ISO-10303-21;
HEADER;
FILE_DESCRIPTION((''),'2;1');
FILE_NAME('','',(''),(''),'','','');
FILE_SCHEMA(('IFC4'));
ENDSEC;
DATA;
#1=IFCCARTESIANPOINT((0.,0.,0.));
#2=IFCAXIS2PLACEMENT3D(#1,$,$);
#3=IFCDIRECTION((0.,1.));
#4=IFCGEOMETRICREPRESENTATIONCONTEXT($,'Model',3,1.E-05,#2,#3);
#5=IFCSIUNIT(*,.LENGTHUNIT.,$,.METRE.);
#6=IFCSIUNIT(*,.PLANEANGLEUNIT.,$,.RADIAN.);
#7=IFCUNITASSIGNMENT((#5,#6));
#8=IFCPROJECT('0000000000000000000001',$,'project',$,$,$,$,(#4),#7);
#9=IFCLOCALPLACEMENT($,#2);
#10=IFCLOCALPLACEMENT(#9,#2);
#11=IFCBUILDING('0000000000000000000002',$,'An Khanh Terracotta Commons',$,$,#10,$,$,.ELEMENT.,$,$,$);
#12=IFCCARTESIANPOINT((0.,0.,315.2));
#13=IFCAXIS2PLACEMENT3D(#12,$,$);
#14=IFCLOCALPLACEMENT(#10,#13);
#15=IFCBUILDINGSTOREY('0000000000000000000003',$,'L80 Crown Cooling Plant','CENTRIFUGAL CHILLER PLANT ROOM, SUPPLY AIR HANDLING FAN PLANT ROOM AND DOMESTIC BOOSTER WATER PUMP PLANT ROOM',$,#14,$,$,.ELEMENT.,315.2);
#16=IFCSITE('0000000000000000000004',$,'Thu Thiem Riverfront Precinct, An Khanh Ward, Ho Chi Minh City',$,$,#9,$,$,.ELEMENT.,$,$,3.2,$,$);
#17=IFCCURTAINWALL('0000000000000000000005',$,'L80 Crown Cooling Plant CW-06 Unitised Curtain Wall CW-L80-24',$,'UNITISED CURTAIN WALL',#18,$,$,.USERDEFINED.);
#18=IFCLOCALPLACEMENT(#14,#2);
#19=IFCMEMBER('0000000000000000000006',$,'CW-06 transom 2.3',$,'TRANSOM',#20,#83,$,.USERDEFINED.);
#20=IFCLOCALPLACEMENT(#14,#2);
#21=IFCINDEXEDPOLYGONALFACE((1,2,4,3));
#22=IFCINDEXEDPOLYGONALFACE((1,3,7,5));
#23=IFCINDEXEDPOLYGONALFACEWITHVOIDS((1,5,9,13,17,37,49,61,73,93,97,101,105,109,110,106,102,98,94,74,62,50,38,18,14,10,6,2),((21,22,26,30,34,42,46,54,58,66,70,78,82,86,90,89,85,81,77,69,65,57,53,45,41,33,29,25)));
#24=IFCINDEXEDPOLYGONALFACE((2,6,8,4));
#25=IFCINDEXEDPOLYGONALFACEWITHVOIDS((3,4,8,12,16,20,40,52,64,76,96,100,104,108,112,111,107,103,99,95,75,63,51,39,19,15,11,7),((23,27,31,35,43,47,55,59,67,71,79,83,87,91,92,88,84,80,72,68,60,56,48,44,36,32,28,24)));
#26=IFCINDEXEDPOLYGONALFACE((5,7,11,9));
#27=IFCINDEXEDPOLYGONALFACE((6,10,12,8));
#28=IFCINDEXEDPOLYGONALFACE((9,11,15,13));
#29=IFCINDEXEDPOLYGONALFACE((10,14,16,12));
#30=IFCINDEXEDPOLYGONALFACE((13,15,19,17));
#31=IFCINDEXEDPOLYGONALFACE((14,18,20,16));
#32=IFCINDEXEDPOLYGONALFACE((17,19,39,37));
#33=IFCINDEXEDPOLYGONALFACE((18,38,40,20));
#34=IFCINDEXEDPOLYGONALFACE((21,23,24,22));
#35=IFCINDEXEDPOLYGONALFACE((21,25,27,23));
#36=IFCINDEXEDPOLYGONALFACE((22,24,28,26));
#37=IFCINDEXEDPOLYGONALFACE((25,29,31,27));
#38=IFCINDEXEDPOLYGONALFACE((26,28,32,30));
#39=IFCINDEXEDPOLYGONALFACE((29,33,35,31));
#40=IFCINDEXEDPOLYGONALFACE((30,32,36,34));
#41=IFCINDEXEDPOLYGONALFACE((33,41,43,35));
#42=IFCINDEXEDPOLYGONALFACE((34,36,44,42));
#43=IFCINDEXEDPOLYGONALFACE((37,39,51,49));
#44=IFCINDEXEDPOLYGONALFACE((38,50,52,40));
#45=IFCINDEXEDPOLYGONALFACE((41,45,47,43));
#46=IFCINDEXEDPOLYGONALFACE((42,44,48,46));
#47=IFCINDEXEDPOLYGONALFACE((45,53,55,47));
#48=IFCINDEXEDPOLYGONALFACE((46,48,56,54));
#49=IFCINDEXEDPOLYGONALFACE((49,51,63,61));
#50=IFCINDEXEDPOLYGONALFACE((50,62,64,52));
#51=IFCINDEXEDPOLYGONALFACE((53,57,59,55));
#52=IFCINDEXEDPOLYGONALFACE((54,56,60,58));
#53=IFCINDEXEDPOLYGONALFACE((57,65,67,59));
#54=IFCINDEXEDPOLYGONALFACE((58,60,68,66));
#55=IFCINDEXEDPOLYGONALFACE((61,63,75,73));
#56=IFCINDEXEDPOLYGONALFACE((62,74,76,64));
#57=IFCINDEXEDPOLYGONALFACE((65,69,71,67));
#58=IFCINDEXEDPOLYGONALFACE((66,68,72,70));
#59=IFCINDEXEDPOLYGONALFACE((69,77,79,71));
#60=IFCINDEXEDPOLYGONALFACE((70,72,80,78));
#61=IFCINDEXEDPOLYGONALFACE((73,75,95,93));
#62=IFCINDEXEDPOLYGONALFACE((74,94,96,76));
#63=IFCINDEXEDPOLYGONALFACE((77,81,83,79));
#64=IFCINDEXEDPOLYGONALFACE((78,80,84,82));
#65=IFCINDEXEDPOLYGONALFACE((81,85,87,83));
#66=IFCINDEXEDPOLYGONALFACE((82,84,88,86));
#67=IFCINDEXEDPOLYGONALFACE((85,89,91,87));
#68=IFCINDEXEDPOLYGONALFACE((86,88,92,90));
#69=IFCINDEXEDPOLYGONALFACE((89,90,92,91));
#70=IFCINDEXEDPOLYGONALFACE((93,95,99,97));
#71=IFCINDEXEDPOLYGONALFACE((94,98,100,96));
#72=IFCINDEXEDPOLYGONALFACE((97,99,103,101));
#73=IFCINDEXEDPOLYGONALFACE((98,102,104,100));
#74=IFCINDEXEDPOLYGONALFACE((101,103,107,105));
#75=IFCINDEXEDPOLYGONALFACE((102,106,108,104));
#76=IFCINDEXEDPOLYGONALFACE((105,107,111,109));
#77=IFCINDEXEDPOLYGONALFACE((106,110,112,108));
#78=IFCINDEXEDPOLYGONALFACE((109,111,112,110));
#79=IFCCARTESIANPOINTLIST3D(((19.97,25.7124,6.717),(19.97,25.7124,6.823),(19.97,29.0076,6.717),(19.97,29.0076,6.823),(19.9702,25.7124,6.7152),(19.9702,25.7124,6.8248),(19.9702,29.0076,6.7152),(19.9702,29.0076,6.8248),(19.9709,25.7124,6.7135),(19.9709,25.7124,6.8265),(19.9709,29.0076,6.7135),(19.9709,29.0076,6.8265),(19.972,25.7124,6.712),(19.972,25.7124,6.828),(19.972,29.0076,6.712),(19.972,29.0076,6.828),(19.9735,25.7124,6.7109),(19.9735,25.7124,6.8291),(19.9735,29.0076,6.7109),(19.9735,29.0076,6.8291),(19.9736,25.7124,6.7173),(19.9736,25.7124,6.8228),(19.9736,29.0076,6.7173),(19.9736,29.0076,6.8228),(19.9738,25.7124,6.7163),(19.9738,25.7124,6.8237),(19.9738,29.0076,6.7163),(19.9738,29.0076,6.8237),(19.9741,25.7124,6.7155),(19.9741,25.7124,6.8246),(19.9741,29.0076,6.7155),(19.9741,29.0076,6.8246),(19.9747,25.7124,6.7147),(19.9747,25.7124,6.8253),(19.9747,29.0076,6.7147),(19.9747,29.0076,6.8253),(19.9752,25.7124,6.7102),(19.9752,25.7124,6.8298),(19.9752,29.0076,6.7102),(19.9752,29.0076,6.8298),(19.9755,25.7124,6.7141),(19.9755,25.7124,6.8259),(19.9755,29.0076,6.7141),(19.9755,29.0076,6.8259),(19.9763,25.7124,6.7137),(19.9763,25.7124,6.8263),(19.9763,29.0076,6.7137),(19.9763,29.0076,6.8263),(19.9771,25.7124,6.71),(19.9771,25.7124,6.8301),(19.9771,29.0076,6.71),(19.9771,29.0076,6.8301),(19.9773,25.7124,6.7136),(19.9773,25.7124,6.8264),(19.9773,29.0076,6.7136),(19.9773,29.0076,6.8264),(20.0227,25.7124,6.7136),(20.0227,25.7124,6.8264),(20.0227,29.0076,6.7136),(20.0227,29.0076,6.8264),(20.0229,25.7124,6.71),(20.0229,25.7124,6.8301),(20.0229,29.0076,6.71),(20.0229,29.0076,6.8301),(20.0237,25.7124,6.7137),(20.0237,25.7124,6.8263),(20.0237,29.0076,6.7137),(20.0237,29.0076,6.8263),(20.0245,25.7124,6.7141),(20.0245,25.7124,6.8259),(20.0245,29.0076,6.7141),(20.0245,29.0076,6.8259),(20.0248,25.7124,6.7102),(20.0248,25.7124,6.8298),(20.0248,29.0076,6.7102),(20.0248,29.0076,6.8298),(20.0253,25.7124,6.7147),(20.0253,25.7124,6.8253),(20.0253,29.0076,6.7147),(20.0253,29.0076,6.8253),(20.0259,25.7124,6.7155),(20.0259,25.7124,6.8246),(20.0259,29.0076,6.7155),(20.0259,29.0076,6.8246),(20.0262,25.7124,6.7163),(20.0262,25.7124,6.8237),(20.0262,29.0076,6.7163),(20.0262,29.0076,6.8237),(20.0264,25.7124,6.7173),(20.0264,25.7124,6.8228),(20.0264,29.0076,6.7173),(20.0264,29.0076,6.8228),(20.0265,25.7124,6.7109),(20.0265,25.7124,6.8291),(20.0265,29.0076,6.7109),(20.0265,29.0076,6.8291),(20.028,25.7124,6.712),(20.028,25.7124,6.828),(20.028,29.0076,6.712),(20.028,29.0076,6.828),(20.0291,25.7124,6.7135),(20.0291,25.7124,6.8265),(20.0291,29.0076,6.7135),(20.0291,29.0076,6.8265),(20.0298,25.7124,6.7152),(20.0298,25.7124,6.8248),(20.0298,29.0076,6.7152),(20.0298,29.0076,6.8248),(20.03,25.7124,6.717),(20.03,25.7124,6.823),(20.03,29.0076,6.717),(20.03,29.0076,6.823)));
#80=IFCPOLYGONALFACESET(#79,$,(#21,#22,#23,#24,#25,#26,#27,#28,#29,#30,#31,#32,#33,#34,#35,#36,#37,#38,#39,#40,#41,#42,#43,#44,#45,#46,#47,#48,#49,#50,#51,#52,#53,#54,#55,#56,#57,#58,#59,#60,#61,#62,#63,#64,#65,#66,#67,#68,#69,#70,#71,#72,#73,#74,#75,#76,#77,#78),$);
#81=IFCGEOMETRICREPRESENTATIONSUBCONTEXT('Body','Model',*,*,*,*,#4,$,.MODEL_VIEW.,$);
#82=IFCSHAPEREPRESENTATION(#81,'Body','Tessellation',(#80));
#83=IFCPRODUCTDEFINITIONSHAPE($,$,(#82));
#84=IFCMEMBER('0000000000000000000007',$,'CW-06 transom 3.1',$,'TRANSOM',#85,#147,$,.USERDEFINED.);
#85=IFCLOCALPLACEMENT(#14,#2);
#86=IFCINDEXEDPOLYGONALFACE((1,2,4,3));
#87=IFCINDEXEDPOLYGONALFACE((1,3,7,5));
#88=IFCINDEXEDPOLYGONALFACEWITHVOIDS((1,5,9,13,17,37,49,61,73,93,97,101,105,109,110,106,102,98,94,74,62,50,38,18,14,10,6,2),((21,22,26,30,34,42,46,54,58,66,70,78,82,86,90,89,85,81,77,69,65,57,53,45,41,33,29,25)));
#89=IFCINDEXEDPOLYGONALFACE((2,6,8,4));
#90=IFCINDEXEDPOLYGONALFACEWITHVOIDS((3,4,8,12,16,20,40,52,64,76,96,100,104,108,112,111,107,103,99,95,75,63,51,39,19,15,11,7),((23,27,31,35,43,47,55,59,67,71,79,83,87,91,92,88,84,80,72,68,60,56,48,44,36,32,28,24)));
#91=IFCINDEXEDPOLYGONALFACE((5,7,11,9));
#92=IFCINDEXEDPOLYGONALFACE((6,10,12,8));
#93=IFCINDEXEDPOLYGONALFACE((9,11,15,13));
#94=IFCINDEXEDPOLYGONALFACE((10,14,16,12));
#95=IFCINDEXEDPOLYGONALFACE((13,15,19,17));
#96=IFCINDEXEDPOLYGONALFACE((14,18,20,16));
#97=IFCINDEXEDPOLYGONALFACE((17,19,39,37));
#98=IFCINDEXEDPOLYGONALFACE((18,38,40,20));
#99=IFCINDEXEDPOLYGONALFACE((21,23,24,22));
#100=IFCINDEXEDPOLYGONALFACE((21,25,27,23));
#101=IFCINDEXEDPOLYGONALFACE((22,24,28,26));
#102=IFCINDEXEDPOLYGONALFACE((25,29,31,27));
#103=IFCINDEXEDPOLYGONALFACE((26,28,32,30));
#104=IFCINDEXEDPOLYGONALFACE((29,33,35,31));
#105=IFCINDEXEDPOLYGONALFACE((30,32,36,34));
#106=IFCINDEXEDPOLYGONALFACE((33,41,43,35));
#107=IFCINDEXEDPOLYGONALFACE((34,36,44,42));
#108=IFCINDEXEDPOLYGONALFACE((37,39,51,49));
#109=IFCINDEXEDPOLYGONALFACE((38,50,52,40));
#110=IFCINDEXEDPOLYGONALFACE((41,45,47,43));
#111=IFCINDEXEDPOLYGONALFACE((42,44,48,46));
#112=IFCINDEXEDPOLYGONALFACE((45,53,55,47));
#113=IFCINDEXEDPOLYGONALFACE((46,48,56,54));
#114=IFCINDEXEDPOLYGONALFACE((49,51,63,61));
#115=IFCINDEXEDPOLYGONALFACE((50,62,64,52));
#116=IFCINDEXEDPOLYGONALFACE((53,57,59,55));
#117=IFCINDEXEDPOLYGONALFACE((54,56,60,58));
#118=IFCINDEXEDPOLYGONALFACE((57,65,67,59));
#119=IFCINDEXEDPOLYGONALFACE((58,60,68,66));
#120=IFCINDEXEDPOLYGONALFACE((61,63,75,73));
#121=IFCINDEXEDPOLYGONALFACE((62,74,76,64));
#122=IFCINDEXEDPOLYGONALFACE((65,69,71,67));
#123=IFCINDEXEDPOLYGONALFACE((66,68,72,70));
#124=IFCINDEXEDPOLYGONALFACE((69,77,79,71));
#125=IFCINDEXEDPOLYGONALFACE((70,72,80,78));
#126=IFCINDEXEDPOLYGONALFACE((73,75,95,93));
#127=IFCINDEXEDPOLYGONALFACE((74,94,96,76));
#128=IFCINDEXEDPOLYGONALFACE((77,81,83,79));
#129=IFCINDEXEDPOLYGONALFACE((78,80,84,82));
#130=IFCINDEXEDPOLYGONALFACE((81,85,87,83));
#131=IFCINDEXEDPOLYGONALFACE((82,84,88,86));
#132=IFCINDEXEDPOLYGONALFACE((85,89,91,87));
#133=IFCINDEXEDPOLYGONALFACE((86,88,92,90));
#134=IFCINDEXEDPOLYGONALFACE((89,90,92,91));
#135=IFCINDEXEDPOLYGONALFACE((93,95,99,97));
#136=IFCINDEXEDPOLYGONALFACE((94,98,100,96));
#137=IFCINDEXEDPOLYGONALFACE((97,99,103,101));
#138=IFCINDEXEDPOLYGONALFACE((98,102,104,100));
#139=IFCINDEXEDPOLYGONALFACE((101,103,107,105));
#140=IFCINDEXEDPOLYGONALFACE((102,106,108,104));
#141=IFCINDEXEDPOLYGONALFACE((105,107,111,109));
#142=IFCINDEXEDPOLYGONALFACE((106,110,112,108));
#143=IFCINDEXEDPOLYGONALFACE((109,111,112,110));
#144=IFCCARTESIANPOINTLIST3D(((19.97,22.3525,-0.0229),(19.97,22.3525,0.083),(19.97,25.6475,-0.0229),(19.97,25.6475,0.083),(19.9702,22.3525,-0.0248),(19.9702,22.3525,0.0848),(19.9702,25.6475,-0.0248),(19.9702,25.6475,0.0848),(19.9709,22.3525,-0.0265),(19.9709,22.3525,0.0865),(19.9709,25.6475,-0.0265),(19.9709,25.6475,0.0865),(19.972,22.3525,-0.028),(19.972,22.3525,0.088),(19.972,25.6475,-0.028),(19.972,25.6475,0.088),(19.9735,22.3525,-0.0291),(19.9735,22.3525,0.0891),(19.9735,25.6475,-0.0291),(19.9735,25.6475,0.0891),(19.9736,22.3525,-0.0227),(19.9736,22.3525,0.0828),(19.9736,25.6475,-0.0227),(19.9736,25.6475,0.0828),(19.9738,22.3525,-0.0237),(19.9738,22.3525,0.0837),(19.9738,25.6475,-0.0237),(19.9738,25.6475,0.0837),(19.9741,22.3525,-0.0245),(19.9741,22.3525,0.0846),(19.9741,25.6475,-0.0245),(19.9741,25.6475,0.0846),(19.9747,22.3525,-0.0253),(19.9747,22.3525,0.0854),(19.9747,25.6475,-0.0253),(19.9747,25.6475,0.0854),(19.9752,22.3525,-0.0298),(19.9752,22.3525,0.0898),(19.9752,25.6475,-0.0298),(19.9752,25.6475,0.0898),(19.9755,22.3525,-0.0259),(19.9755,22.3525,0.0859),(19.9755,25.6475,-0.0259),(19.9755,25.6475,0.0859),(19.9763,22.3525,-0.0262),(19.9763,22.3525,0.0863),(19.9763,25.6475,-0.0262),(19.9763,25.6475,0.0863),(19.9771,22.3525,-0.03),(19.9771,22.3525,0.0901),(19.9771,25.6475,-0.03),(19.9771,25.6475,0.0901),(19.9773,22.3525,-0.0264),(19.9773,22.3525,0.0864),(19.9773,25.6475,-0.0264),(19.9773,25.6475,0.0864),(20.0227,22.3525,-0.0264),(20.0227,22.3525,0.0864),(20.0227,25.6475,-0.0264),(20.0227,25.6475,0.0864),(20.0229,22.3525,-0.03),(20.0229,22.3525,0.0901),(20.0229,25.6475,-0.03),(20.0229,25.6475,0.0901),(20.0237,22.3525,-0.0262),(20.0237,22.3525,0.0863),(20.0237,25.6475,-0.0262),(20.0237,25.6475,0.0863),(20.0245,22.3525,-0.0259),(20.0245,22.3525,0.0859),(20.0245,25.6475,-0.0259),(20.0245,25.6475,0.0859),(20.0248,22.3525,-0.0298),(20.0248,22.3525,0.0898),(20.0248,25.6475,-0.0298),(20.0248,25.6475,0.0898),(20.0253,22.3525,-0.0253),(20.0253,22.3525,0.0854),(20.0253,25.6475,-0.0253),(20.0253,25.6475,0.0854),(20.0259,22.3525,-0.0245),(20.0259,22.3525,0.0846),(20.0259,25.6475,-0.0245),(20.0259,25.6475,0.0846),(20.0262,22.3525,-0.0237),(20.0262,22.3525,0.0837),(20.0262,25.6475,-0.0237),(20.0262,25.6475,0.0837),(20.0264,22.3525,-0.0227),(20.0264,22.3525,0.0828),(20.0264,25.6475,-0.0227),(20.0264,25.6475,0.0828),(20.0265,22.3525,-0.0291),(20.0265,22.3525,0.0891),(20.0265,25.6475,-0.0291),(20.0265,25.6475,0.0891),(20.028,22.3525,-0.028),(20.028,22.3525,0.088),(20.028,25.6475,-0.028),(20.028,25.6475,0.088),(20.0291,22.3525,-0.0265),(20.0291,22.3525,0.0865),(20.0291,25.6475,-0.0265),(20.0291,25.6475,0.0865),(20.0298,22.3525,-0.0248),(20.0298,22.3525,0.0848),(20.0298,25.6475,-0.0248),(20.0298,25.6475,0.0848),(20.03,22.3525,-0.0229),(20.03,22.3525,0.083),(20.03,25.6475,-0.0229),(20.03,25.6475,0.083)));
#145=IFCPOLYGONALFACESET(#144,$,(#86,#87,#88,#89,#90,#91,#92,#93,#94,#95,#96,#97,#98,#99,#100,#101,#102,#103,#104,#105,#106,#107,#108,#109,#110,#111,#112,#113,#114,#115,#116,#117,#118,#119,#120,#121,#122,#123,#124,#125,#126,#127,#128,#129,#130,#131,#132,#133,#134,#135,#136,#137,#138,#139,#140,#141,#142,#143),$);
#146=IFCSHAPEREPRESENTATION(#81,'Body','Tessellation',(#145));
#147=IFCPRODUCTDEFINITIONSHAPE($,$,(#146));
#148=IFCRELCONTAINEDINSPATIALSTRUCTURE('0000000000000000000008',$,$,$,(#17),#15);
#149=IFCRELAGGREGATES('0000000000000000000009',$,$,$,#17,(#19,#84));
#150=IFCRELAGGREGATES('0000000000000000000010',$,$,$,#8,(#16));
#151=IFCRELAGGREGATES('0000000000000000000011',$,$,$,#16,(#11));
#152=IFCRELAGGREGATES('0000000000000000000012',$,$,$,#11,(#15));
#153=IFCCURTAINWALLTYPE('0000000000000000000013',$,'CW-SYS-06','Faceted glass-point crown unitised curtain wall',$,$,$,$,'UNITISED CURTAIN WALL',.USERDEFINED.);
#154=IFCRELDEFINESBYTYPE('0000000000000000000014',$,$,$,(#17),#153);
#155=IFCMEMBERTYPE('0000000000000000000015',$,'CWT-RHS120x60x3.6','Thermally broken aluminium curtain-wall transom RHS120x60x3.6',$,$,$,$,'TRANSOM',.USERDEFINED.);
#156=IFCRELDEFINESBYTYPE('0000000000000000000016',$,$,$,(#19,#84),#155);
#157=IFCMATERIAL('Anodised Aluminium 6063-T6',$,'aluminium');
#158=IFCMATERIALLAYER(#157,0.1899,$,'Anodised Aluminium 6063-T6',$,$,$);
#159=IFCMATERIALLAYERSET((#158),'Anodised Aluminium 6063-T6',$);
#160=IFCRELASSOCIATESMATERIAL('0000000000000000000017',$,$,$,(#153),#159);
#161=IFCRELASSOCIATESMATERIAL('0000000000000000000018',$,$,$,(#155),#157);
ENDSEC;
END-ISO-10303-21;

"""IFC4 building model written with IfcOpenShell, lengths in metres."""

from ifc_helpers import new_model, si_unit, direction, frame, origin, origin_2d, place, context, subcontext, project, spatial, hollow_rectangle, extrude, material, layer, layer_set, material_profile, profile_set, type_object, element, aggregate, save


model = new_model("IFC4")

# Units and contexts
model_context = context("Model", 3, precision=1e-05, world=origin(), true_north=direction((0.0, 1.0)))
body_context = subcontext(model_context, "Body", "Model", "MODEL_VIEW")
ifc_project = project(units=[si_unit("LENGTHUNIT", "METRE"), si_unit("PLANEANGLEUNIT", "RADIAN")], contexts=[model_context])

# Site, building, storey
site_placement = place(None, origin())
site = spatial("IfcSite", under=ifc_project, at=site_placement, Name="Thu Thiem Riverfront Precinct, An Khanh Ward, Ho Chi Minh City", CompositionType="ELEMENT", RefElevation=3.2)
building_placement = place(site_placement, origin())
building = spatial("IfcBuilding", under=site, at=building_placement, Name="An Khanh Terracotta Commons", CompositionType="ELEMENT")
storey_placement = place(building_placement, frame((0.0, 0.0, 315.2)))
storey = spatial("IfcBuildingStorey", under=building, at=storey_placement, Name="L80 Crown Cooling Plant", Description="CENTRIFUGAL CHILLER PLANT ROOM, SUPPLY AIR HANDLING FAN PLANT ROOM AND DOMESTIC BOOSTER WATER PUMP PLANT ROOM", CompositionType="ELEMENT", Elevation=315.2)

# Curtain wall, members
ifc_material_1 = material(Name="Anodised Aluminium 6063-T6", Category="aluminium")
ifc_layer_1 = layer(ifc_material_1, 0.1899, Name="Anodised Aluminium 6063-T6")
ifc_layer_set_1 = layer_set([ifc_layer_1], Name="Anodised Aluminium 6063-T6")
curtain_wall_type = type_object("IfcCurtainWallType", Name="CW-SYS-06", Description="Faceted glass-point crown unitised curtain wall", ElementType="UNITISED CURTAIN WALL", PredefinedType="USERDEFINED", material=ifc_layer_set_1)
curtain_wall_placement = place(storey_placement, origin())
curtain_wall = element("IfcCurtainWall", 1, at=curtain_wall_placement, inside=storey, type_object=curtain_wall_type, Name="L80 Crown Cooling Plant CW-06 Unitised Curtain Wall CW-L80-24", ObjectType="UNITISED CURTAIN WALL", PredefinedType="USERDEFINED")
ifc_material_profile_1 = material_profile(ifc_material_1, hollow_rectangle(XDim=0.0601, YDim=0.1201, WallThickness=0.0037, InnerFilletRadius=0.0037, OuterFilletRadius=0.0071, at=origin_2d()), Name="RHS120x60x3.6")
ifc_profile_set_1 = profile_set([ifc_material_profile_1], Name="Anodised Aluminium 6063-T6")
member_type_1 = type_object("IfcMemberType", Name="CWT-RHS120x60x3.6", Description="Thermally broken aluminium curtain-wall transom RHS120x60x3.6", ElementType="TRANSOM", PredefinedType="USERDEFINED", material=ifc_profile_set_1)
member_1_placement = place(storey_placement, frame((20.0, 29.0076, 6.77), z_axis=(0.0, -1.0, 0.0), x_axis=(1.0, 0.0, 0.0)))
member_1 = element("IfcMember", 2, at=member_1_placement, type_object=member_type_1, Name="CW-06 transom 2.3", ObjectType="TRANSOM", PredefinedType="USERDEFINED", context=body_context, shape_type="SweptSolid", body=[
    extrude(hollow_rectangle(XDim=0.0601, YDim=0.1201, WallThickness=0.0037, InnerFilletRadius=0.0037, OuterFilletRadius=0.0071, at=origin_2d()), origin(), (0.0, 0.0, 1.0), 3.2952),
])
member_2_placement = place(storey_placement, frame((20.0, 25.6475, 0.03), z_axis=(0.0, -1.0, 0.0), x_axis=(1.0, 0.0, 0.0)))
member_2 = element("IfcMember", 3, at=member_2_placement, type_object=member_type_1, Name="CW-06 transom 3.1", ObjectType="TRANSOM", PredefinedType="USERDEFINED", context=body_context, shape_type="SweptSolid", body=[
    extrude(hollow_rectangle(XDim=0.0601, YDim=0.1201, WallThickness=0.0037, InnerFilletRadius=0.0037, OuterFilletRadius=0.0071, at=origin_2d()), origin(), (0.0, 0.0, 1.0), 3.2949),
])
aggregate(curtain_wall, [member_1, member_2])

save(model, "model.ifc")
